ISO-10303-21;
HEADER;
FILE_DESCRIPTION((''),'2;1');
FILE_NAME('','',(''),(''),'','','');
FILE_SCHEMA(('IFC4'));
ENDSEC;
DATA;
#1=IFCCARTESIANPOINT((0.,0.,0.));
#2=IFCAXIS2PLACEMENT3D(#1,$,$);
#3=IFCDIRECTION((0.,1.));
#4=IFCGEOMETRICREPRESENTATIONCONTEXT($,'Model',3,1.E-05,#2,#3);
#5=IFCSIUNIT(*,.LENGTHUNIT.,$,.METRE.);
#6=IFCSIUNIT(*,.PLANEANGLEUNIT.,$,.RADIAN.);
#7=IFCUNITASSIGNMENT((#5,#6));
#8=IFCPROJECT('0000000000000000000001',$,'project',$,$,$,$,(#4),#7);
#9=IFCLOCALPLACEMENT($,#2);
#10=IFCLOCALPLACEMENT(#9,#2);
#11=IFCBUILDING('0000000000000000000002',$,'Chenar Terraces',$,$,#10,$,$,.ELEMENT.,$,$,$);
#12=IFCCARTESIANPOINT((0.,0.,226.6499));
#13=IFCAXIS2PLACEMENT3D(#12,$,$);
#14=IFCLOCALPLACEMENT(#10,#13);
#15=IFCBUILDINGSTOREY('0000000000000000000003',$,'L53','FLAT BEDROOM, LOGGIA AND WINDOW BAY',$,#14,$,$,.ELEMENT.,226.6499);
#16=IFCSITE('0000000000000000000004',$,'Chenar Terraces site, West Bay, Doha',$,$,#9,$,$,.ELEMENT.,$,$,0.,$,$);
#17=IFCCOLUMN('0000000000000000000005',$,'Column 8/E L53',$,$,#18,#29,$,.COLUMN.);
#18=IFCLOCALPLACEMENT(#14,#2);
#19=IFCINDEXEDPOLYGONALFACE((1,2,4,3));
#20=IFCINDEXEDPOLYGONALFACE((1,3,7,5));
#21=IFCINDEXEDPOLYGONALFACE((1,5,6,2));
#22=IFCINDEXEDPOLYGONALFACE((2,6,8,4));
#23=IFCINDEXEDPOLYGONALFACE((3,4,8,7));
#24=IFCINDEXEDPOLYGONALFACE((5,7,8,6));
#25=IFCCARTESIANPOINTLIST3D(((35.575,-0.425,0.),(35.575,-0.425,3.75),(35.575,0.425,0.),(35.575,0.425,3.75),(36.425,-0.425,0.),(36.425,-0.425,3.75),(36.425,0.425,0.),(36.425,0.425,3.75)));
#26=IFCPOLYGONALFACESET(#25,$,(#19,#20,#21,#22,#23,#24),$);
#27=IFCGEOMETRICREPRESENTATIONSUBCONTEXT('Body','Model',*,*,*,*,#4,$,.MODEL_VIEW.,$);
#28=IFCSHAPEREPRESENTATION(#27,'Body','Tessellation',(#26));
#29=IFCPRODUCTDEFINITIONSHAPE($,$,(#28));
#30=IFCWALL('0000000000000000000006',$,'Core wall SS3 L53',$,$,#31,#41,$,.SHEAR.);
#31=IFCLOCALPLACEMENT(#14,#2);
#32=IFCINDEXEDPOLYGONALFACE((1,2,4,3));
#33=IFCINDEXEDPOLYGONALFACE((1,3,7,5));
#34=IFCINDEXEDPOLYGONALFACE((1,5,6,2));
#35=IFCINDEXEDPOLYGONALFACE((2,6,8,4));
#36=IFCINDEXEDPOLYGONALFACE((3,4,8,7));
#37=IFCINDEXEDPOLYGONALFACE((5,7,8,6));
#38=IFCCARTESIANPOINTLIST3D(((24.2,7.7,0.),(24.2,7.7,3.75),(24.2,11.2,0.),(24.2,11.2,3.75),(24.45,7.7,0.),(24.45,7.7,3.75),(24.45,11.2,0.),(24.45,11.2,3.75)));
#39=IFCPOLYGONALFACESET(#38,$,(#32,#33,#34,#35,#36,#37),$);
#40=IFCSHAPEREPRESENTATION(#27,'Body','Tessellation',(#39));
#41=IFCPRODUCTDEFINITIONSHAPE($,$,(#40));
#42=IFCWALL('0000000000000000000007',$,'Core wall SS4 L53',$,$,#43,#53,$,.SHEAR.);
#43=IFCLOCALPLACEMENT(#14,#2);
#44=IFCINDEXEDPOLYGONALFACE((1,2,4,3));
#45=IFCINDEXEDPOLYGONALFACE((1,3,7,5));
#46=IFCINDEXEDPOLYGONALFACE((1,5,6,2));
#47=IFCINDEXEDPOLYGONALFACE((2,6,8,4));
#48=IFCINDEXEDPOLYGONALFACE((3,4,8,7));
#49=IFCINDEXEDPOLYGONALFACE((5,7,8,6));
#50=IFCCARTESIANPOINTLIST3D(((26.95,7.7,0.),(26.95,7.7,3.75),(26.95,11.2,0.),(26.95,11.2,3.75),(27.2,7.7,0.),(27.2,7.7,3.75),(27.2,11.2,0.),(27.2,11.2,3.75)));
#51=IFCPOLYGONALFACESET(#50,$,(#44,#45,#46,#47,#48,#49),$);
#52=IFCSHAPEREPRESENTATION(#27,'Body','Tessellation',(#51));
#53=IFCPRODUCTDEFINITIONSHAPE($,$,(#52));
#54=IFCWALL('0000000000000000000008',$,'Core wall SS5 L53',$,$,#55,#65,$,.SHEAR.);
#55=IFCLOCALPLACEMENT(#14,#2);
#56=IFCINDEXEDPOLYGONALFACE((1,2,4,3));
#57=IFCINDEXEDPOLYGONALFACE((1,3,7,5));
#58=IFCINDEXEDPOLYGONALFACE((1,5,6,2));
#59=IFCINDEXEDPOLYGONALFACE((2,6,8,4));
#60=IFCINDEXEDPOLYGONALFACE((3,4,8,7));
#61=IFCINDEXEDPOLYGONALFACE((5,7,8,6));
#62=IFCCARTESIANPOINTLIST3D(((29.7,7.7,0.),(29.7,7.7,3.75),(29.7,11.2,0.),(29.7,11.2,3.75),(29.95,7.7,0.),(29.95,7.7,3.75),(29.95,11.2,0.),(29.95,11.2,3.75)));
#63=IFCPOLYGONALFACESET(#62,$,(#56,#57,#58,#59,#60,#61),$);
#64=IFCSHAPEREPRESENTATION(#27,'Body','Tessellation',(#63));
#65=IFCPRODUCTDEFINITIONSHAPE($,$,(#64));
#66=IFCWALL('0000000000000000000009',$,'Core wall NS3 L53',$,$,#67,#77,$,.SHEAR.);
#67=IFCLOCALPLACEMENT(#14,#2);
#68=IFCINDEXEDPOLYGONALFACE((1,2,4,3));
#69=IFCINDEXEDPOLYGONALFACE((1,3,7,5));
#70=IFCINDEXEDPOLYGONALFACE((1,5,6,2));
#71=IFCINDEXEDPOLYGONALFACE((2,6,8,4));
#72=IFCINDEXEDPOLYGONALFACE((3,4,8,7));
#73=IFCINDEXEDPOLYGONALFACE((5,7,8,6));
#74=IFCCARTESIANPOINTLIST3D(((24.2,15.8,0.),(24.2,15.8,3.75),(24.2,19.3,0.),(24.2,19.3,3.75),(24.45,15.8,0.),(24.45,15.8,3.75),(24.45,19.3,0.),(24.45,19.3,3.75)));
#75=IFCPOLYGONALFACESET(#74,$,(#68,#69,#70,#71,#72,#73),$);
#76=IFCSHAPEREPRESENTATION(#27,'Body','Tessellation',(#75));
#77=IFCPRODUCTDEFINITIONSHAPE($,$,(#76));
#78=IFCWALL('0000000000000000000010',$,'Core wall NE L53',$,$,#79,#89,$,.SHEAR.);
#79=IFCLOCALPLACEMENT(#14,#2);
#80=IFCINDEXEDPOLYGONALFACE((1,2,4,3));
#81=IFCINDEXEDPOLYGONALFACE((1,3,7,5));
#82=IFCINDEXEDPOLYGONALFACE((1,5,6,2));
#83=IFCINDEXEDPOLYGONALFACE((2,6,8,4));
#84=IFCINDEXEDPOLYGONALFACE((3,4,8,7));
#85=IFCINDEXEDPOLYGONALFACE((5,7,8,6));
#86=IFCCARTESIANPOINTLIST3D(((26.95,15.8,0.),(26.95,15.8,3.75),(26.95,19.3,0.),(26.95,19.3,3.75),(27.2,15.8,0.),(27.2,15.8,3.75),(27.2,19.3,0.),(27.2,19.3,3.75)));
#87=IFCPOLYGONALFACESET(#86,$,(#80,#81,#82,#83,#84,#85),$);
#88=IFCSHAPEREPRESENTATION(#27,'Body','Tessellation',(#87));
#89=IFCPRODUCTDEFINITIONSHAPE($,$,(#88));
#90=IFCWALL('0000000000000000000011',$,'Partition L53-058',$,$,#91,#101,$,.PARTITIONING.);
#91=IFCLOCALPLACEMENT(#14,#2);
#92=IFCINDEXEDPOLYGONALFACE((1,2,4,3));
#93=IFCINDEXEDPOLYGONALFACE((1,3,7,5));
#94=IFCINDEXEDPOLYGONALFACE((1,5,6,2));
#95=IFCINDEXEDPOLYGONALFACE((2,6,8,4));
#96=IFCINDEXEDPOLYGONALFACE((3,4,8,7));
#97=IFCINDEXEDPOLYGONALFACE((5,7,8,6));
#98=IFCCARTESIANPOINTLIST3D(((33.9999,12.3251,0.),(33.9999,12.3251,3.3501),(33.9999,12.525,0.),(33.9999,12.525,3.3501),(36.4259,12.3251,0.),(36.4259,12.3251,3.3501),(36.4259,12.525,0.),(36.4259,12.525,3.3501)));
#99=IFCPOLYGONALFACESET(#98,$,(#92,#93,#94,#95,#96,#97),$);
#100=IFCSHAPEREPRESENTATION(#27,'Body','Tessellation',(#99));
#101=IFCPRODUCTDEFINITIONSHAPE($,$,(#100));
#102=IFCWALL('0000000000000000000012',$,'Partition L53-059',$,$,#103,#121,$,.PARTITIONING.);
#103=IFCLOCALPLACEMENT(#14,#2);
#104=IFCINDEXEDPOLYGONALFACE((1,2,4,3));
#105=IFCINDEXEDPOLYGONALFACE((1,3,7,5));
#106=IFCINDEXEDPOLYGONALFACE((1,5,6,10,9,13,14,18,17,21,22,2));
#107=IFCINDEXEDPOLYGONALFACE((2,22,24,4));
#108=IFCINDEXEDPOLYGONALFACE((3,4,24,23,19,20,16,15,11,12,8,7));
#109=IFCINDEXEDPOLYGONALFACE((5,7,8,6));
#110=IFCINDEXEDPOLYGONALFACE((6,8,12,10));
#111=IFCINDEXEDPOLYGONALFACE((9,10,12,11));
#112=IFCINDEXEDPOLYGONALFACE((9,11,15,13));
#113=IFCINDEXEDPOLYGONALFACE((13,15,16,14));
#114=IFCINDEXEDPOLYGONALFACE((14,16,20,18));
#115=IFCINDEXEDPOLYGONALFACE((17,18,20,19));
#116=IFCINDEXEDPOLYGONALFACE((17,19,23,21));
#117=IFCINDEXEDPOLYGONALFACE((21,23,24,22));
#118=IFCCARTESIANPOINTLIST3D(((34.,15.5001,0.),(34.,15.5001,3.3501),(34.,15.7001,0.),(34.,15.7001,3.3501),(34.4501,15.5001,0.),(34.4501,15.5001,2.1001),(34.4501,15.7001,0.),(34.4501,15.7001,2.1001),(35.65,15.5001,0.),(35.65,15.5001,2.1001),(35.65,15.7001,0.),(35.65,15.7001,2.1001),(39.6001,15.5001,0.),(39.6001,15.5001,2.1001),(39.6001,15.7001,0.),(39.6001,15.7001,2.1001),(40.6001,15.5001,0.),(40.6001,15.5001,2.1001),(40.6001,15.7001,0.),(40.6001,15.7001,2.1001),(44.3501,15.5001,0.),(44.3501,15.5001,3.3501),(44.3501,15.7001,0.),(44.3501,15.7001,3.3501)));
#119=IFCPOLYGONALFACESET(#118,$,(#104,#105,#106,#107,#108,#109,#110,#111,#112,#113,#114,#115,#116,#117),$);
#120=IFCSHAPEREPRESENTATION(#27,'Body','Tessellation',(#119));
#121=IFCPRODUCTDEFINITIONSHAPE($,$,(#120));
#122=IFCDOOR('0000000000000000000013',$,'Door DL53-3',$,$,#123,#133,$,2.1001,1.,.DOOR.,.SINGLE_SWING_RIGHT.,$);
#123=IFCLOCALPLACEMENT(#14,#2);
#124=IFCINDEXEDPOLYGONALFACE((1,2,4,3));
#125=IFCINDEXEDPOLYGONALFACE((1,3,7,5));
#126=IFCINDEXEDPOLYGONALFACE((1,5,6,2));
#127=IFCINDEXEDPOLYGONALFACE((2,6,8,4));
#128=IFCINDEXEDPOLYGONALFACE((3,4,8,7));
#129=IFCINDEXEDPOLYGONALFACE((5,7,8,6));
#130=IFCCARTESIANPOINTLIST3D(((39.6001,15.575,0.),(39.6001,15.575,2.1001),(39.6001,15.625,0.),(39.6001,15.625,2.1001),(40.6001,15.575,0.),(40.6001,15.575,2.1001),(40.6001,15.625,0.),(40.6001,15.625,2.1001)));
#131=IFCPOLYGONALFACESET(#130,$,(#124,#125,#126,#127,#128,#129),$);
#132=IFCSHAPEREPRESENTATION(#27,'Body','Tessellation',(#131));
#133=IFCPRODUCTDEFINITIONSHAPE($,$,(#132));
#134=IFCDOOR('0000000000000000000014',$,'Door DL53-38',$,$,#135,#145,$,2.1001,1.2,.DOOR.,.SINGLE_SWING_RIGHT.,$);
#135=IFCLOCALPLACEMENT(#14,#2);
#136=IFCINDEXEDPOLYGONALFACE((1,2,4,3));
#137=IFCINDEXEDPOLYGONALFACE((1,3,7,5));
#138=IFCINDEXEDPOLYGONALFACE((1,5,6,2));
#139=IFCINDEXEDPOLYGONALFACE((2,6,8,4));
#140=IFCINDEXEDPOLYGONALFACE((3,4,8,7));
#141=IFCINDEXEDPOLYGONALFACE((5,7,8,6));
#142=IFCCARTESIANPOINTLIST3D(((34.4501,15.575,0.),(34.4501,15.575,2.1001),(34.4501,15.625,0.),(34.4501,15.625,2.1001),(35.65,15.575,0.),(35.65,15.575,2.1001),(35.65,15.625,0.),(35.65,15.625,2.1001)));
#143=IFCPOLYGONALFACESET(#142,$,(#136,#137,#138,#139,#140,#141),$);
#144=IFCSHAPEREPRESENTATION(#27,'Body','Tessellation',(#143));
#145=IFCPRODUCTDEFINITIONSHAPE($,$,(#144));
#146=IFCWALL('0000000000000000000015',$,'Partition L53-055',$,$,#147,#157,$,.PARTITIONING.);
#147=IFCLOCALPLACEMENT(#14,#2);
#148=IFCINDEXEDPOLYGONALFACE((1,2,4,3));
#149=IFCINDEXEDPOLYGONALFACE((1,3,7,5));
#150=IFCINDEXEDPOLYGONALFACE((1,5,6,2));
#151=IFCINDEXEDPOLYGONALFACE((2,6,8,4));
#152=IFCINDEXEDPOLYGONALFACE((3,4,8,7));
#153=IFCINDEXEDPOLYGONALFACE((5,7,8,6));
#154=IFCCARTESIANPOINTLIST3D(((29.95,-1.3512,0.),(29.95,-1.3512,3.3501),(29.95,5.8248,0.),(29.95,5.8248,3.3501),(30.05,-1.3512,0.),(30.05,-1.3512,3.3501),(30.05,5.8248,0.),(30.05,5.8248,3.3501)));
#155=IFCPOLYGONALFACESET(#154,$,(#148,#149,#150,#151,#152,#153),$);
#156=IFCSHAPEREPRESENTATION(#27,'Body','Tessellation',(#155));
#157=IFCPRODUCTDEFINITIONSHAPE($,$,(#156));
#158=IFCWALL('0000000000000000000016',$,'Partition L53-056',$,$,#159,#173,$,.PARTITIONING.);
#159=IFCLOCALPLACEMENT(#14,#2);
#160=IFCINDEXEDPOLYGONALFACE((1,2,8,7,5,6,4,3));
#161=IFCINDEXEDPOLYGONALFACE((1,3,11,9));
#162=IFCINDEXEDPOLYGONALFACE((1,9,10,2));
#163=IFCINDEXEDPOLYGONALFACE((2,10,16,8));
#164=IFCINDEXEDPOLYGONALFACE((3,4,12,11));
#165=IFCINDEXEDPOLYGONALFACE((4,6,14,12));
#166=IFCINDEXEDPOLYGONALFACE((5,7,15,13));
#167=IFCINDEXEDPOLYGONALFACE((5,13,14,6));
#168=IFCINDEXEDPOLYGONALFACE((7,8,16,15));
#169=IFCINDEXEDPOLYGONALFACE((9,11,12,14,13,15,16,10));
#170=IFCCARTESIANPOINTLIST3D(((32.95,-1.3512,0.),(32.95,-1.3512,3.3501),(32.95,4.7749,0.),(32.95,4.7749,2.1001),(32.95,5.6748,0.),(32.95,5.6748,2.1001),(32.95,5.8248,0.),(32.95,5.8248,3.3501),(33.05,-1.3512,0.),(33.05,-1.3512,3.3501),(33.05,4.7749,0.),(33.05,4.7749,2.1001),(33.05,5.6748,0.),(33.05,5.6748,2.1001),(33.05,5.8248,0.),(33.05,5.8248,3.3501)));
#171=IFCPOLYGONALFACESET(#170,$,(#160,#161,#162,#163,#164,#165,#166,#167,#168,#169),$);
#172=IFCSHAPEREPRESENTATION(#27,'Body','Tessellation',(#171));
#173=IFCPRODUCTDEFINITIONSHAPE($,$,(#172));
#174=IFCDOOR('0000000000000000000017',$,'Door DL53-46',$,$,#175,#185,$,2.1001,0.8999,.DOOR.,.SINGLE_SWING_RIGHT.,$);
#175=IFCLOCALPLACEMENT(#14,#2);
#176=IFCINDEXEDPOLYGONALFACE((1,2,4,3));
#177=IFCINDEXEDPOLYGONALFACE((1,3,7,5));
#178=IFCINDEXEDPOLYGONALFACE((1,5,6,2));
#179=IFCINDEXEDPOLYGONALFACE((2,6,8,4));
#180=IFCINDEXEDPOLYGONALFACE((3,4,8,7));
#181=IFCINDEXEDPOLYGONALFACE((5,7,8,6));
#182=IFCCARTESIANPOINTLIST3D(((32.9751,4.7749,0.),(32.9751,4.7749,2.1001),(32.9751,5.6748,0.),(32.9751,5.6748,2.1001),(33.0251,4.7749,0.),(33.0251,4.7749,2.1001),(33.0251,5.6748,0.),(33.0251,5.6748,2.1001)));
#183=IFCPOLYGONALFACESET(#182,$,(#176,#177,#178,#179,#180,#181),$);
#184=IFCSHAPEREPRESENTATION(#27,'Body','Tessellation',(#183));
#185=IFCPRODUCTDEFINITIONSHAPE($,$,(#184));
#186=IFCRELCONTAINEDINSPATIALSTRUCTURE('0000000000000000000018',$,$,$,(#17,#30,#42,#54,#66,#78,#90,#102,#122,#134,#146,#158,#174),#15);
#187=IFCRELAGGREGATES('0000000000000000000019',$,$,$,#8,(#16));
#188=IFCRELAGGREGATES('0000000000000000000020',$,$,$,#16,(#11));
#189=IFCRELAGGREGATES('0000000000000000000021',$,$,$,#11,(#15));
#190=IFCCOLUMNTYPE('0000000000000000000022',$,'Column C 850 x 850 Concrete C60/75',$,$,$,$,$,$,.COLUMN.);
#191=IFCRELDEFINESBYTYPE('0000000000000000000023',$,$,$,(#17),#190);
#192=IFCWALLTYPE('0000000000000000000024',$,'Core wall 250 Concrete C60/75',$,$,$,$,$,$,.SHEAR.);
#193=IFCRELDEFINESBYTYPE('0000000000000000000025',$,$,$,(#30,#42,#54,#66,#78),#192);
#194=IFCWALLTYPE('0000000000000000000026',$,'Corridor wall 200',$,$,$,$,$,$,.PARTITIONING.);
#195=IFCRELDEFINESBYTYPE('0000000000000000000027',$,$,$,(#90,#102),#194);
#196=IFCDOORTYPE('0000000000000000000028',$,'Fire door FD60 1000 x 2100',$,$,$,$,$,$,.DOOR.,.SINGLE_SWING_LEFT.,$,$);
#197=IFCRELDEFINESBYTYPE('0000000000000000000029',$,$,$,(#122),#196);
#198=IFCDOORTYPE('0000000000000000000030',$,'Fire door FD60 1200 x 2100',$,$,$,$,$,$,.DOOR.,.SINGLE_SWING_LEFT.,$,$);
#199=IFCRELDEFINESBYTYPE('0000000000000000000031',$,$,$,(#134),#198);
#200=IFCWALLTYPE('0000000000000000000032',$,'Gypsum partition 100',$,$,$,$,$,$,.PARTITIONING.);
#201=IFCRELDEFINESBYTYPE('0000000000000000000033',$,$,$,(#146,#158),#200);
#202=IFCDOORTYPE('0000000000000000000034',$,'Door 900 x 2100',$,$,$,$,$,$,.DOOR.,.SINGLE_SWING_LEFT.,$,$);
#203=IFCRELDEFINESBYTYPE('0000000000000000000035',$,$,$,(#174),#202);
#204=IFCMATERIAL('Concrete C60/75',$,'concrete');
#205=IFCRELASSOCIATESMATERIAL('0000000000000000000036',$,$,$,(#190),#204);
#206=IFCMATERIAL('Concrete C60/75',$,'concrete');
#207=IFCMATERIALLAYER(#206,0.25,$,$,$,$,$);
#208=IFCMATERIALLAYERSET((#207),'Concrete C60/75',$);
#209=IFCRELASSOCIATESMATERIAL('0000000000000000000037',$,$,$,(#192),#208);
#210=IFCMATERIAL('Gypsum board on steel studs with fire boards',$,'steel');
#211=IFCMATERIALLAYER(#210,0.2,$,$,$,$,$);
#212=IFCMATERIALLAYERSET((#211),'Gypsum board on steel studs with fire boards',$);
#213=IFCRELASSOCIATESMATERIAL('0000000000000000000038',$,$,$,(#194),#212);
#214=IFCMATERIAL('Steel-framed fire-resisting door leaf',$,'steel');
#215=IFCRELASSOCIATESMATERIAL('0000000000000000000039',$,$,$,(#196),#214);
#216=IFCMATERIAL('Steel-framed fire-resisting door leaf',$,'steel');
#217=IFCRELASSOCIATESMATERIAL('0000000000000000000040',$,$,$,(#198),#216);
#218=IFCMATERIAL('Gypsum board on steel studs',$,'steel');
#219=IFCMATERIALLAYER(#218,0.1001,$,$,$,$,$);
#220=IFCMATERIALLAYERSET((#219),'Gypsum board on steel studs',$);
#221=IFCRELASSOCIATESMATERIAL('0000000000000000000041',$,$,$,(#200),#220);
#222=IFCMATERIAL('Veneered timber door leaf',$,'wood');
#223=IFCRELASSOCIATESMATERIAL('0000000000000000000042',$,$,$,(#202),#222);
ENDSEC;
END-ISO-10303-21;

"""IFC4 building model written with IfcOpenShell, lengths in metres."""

from ifc_helpers import new_model, si_unit, direction, frame, frame_2d, origin, origin_2d, place, context, subcontext, project, spatial, rectangle, extrude, material, layer, layer_set, material_profile, profile_set, type_object, element, fill, save


model = new_model("IFC4")

# Units and contexts
model_context = context("Model", 3, precision=1e-05, world=origin(), true_north=direction((0.0, 1.0)))
body_context = subcontext(model_context, "Body", "Model", "MODEL_VIEW")
ifc_project = project(units=[si_unit("LENGTHUNIT", "METRE"), si_unit("PLANEANGLEUNIT", "RADIAN")], contexts=[model_context])

# Site, building, storey
site_placement = place(None, origin())
site = spatial("IfcSite", under=ifc_project, at=site_placement, Name="Chenar Terraces site, West Bay, Doha", CompositionType="ELEMENT", RefElevation=0.0)
building_placement = place(site_placement, origin())
building = spatial("IfcBuilding", under=site, at=building_placement, Name="Chenar Terraces", CompositionType="ELEMENT")
storey_placement = place(building_placement, frame((0.0, 0.0, 226.6499)))
storey = spatial("IfcBuildingStorey", under=building, at=storey_placement, Name="L53", Description="FLAT BEDROOM, LOGGIA AND WINDOW BAY", CompositionType="ELEMENT", Elevation=226.6499)

# Column
ifc_material_1 = material(Name="Concrete C60/75", Category="concrete")
ifc_material_profile_1 = material_profile(ifc_material_1, rectangle(XDim=0.8501, YDim=0.8501, at=origin_2d()), Name="C 850 x 850")
ifc_profile_set_1 = profile_set([ifc_material_profile_1], Name="Concrete C60/75")
column_type = type_object("IfcColumnType", Name="Column C 850 x 850 Concrete C60/75", PredefinedType="COLUMN", material=ifc_profile_set_1)
column_placement = place(storey_placement, frame((36.0, 0.0, 0.0), z_axis=(0.0, 0.0, 1.0), x_axis=(1.0, 0.0, 0.0)))
element("IfcColumn", 1, at=column_placement, inside=storey, type_object=column_type, Name="Column 8/E L53", PredefinedType="COLUMN", context=body_context, shape_type="SweptSolid", body=[
    extrude(rectangle(XDim=0.8501, YDim=0.8501, at=origin_2d()), origin(), (0.0, 0.0, 1.0), 3.75),
])

# Walls
ifc_material_2 = material(Name="Concrete C60/75", Category="concrete")
ifc_layer_1 = layer(ifc_material_2, 0.25)
ifc_layer_set_1 = layer_set([ifc_layer_1], Name="Concrete C60/75")
wall_type_1 = type_object("IfcWallType", Name="Core wall 250 Concrete C60/75", PredefinedType="SHEAR", material=ifc_layer_set_1)
for number, where, z_axis, x_axis, name in (
    (2, (24.325, 7.7, 0.0), (0.0, 0.0, 1.0), (0.0, 1.0, 0.0), "Core wall SS3 L53"),
    (3, (27.075, 7.7, 0.0), (0.0, 0.0, 1.0), (0.0, 1.0, 0.0), "Core wall SS4 L53"),
    (4, (29.825, 7.7, 0.0), (0.0, 0.0, 1.0), (0.0, 1.0, 0.0), "Core wall SS5 L53"),
    (5, (24.325, 15.8, 0.0), (0.0, 0.0, 1.0), (0.0, 1.0, 0.0), "Core wall NS3 L53"),
    (6, (27.075, 15.8, 0.0), (0.0, 0.0, 1.0), (0.0, 1.0, 0.0), "Core wall NE L53"),
):
    element("IfcWall", number, at=place(storey_placement, frame(where, z_axis=z_axis, x_axis=x_axis)), inside=storey, type_object=wall_type_1, Name=name, PredefinedType="SHEAR", context=body_context, shape_type="SweptSolid", body=[
        extrude(rectangle(XDim=3.5, YDim=0.25, at=frame_2d((1.75, 0.0))), origin(), (0.0, 0.0, 1.0), 3.75),
    ])

# Wall
ifc_material_3 = material(Name="Gypsum board on steel studs with fire boards", Category="steel")
ifc_layer_2 = layer(ifc_material_3, 0.2)
ifc_layer_set_2 = layer_set([ifc_layer_2], Name="Gypsum board on steel studs with fire boards")
wall_type_2 = type_object("IfcWallType", Name="Corridor wall 200", PredefinedType="PARTITIONING", material=ifc_layer_set_2)
wall_1_placement = place(storey_placement, frame((34.0, 12.425, 0.0), z_axis=(0.0, 0.0, 1.0), x_axis=(1.0, 0.0, 0.0)))
element("IfcWall", 7, at=wall_1_placement, inside=storey, type_object=wall_type_2, Name="Partition L53-058", PredefinedType="PARTITIONING", context=body_context, shape_type="SweptSolid", body=[
    extrude(rectangle(XDim=2.426, YDim=0.2, at=frame_2d((1.2129, 0.0))), origin(), (0.0, 0.0, 1.0), 3.3501),
])

# Wall, openings, doors
wall_2_placement = place(storey_placement, frame((34.0, 15.6001, 0.0), z_axis=(0.0, 0.0, 1.0), x_axis=(1.0, 0.0, 0.0)))
wall_2 = element("IfcWall", 8, at=wall_2_placement, inside=storey, type_object=wall_type_2, Name="Partition L53-059", PredefinedType="PARTITIONING", context=body_context, shape_type="SweptSolid", body=[
    extrude(rectangle(XDim=10.3501, YDim=0.2, at=frame_2d((5.175, 0.0))), origin(), (0.0, 0.0, 1.0), 3.3501),
])
opening_1_placement = place(wall_2_placement, frame((5.6001, 0.0, 0.0)))
opening_1 = element("IfcOpeningElement", 9, at=opening_1_placement, cuts=wall_2, PredefinedType="OPENING", context=body_context, shape_type="SweptSolid", body=[
    extrude(rectangle(XDim=1.0, YDim=2.1001, at=frame_2d((0.5, 1.05))), frame((0.0, 0.1099, 0.0), z_axis=(0.0, -1.0, 0.0), x_axis=(1.0, 0.0, 0.0)), (0.0, 0.0, 1.0), 0.22),
])
opening_2_placement = place(wall_2_placement, frame((0.45, 0.0, 0.0)))
opening_2 = element("IfcOpeningElement", 10, at=opening_2_placement, cuts=wall_2, PredefinedType="OPENING", context=body_context, shape_type="SweptSolid", body=[
    extrude(rectangle(XDim=1.2, YDim=2.1001, at=frame_2d((0.6001, 1.05))), frame((0.0, 0.1099, 0.0), z_axis=(0.0, -1.0, 0.0), x_axis=(1.0, 0.0, 0.0)), (0.0, 0.0, 1.0), 0.22),
])
ifc_material_4 = material(Name="Steel-framed fire-resisting door leaf", Category="steel")
door_type_1 = type_object("IfcDoorType", Name="Fire door FD60 1000 x 2100", OperationType="SINGLE_SWING_LEFT", PredefinedType="DOOR", material=ifc_material_4)
door_1_placement = place(opening_1_placement, origin())
door_1 = element("IfcDoor", 11, at=door_1_placement, inside=storey, type_object=door_type_1, Name="Door DL53-3", OperationType="SINGLE_SWING_RIGHT", OverallHeight=2.1001, OverallWidth=1.0, PredefinedType="DOOR", context=body_context, shape_type="SweptSolid", body=[
    extrude(rectangle(XDim=1.0, YDim=2.1001, at=frame_2d((0.5, 1.05))), frame((0.0, 0.0249, 0.0), z_axis=(0.0, -1.0, 0.0), x_axis=(1.0, 0.0, 0.0)), (0.0, 0.0, 1.0), 0.05),
])
fill(opening_1, door_1)
ifc_material_5 = material(Name="Steel-framed fire-resisting door leaf", Category="steel")
door_type_2 = type_object("IfcDoorType", Name="Fire door FD60 1200 x 2100", OperationType="SINGLE_SWING_LEFT", PredefinedType="DOOR", material=ifc_material_5)
door_2_placement = place(opening_2_placement, origin())
door_2 = element("IfcDoor", 12, at=door_2_placement, inside=storey, type_object=door_type_2, Name="Door DL53-38", OperationType="SINGLE_SWING_RIGHT", OverallHeight=2.1001, OverallWidth=1.2, PredefinedType="DOOR", context=body_context, shape_type="SweptSolid", body=[
    extrude(rectangle(XDim=1.2, YDim=2.1001, at=frame_2d((0.6001, 1.05))), frame((0.0, 0.0249, 0.0), z_axis=(0.0, -1.0, 0.0), x_axis=(1.0, 0.0, 0.0)), (0.0, 0.0, 1.0), 0.05),
])
fill(opening_2, door_2)

# Wall
ifc_material_6 = material(Name="Gypsum board on steel studs", Category="steel")
ifc_layer_3 = layer(ifc_material_6, 0.1001)
ifc_layer_set_3 = layer_set([ifc_layer_3], Name="Gypsum board on steel studs")
wall_type_3 = type_object("IfcWallType", Name="Gypsum partition 100", PredefinedType="PARTITIONING", material=ifc_layer_set_3)
wall_3_placement = place(storey_placement, frame((30.0, -1.3511, 0.0), z_axis=(0.0, 0.0, 1.0), x_axis=(0.0, 1.0, 0.0)))
element("IfcWall", 13, at=wall_3_placement, inside=storey, type_object=wall_type_3, Name="Partition L53-055", PredefinedType="PARTITIONING", context=body_context, shape_type="SweptSolid", body=[
    extrude(rectangle(XDim=7.176, YDim=0.1001, at=frame_2d((3.5879, 0.0))), origin(), (0.0, 0.0, 1.0), 3.3501),
])

# Wall, opening, door
wall_4_placement = place(storey_placement, frame((33.0, -1.3511, 0.0), z_axis=(0.0, 0.0, 1.0), x_axis=(0.0, 1.0, 0.0)))
wall_4 = element("IfcWall", 14, at=wall_4_placement, inside=storey, type_object=wall_type_3, Name="Partition L53-056", PredefinedType="PARTITIONING", context=body_context, shape_type="SweptSolid", body=[
    extrude(rectangle(XDim=7.176, YDim=0.1001, at=frame_2d((3.5879, 0.0))), origin(), (0.0, 0.0, 1.0), 3.3501),
])
opening_3_placement = place(wall_4_placement, frame((6.126, 0.0, 0.0)))
opening_3 = element("IfcOpeningElement", 15, at=opening_3_placement, cuts=wall_4, PredefinedType="OPENING", context=body_context, shape_type="SweptSolid", body=[
    extrude(rectangle(XDim=0.8999, YDim=2.1001, at=frame_2d((0.45, 1.05))), frame((0.0, 0.0601, 0.0), z_axis=(0.0, -1.0, 0.0), x_axis=(1.0, 0.0, 0.0)), (0.0, 0.0, 1.0), 0.1201),
])
ifc_material_7 = material(Name="Veneered timber door leaf", Category="wood")
door_type_3 = type_object("IfcDoorType", Name="Door 900 x 2100", OperationType="SINGLE_SWING_LEFT", PredefinedType="DOOR", material=ifc_material_7)
door_3_placement = place(opening_3_placement, origin())
door_3 = element("IfcDoor", 16, at=door_3_placement, inside=storey, type_object=door_type_3, Name="Door DL53-46", OperationType="SINGLE_SWING_RIGHT", OverallHeight=2.1001, OverallWidth=0.8999, PredefinedType="DOOR", context=body_context, shape_type="SweptSolid", body=[
    extrude(rectangle(XDim=0.8999, YDim=2.1001, at=frame_2d((0.45, 1.05))), frame((0.0, 0.0249, 0.0), z_axis=(0.0, -1.0, 0.0), x_axis=(1.0, 0.0, 0.0)), (0.0, 0.0, 1.0), 0.05),
])
fill(opening_3, door_3)

save(model, "model.ifc")
